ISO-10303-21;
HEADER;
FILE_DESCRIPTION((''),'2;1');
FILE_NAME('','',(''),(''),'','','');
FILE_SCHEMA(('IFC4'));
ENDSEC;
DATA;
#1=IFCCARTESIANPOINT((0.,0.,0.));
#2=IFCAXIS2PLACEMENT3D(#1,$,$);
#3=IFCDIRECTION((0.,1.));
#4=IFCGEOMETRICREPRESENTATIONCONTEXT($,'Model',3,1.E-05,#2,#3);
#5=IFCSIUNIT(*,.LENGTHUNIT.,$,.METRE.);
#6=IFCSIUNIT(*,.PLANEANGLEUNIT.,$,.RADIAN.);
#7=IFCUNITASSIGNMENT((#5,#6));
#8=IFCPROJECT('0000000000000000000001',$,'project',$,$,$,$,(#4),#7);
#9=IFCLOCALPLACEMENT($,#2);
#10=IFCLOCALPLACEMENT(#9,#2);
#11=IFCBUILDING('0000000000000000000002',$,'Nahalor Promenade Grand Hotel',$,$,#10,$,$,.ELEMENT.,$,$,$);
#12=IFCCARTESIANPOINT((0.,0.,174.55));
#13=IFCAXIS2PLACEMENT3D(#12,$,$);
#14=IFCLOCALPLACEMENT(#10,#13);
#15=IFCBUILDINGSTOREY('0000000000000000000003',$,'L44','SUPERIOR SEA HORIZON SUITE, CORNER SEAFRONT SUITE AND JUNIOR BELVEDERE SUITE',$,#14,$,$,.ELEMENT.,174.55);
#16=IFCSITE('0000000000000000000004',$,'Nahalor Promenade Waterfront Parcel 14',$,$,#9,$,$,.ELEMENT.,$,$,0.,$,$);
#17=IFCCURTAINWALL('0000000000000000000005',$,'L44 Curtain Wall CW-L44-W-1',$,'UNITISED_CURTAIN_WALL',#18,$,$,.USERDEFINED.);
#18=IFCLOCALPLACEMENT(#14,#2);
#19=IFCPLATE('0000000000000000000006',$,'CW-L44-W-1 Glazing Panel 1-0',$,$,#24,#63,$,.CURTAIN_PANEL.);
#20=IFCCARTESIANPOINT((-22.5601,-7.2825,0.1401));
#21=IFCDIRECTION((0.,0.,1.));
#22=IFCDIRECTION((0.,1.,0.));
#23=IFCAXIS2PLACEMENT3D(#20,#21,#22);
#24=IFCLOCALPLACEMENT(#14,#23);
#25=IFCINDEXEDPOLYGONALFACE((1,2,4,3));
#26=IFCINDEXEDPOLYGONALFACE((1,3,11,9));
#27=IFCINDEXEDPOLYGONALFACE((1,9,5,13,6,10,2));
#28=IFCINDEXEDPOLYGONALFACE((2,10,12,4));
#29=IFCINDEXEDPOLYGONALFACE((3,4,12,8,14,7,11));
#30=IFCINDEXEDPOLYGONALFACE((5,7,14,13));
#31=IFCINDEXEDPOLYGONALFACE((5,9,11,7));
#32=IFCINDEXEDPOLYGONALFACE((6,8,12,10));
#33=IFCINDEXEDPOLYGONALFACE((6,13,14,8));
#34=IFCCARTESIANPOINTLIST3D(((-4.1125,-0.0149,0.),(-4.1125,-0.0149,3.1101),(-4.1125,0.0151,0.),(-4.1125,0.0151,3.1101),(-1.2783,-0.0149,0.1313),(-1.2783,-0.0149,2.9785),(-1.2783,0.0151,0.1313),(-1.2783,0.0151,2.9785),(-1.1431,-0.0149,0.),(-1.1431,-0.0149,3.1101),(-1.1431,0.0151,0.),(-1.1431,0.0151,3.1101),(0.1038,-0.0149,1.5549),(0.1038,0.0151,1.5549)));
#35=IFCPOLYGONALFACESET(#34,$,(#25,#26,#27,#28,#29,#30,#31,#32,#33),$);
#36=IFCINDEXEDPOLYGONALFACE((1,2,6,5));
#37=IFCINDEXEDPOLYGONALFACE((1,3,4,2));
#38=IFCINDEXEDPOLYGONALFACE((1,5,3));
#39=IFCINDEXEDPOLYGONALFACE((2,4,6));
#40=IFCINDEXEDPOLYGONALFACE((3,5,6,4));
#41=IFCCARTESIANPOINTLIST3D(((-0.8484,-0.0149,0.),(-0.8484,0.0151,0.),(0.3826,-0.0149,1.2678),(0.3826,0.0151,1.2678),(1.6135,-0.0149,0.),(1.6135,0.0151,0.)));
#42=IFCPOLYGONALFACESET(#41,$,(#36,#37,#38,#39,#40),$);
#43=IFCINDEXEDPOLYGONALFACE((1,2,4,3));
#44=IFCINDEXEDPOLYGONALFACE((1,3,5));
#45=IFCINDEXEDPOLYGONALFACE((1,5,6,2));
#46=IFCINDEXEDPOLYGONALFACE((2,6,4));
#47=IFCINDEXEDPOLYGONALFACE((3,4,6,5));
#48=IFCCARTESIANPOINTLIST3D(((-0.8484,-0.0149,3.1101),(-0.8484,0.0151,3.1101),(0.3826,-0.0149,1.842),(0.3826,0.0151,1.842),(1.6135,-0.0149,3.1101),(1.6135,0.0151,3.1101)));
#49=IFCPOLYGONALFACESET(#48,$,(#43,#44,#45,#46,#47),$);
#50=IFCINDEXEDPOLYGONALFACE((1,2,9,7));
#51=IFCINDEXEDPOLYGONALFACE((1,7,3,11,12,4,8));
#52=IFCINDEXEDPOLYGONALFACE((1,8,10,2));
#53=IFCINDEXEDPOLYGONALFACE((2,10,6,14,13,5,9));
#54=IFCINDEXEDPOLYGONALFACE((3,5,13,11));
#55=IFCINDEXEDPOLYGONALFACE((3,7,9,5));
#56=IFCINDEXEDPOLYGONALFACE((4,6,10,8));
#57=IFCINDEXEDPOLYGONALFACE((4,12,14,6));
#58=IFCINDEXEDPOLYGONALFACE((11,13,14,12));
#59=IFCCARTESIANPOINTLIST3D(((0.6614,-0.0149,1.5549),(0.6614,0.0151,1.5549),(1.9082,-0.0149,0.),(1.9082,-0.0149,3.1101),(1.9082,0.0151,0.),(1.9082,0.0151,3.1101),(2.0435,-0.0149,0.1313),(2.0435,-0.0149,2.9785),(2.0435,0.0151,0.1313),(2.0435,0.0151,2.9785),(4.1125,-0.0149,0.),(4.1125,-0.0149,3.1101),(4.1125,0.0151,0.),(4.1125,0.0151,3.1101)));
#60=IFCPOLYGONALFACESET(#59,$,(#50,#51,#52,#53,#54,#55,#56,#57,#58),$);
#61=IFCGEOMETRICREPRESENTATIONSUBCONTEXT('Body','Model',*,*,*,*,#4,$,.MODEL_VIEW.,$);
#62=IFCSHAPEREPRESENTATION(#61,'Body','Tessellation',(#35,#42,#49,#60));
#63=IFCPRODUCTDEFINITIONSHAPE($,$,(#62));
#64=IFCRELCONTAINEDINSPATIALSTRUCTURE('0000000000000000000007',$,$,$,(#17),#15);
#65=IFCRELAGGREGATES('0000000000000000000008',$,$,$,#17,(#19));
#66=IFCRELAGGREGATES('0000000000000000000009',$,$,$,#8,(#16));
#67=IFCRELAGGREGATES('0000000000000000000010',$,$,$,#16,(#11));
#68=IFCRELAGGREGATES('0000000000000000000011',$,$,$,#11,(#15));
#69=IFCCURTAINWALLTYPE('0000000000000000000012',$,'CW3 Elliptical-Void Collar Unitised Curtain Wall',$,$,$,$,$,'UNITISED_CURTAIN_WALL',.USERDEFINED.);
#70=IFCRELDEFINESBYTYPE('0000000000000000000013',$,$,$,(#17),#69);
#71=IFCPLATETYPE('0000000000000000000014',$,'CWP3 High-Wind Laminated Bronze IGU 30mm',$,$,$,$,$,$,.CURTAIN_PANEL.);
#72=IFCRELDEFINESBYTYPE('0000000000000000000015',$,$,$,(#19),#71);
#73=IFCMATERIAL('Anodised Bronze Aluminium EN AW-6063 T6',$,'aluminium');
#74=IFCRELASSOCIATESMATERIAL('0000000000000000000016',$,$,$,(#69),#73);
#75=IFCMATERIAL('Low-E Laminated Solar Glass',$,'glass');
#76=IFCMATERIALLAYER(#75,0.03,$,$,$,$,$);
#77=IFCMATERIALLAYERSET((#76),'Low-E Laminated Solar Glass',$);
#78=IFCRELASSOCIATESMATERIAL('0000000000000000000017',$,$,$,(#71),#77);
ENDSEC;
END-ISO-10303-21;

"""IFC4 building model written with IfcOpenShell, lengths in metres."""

from ifc_helpers import new_model, si_unit, direction, frame, origin, place, context, subcontext, project, spatial, polyline, outline, extrude, material, layer, layer_set, type_object, element, aggregate, save


model = new_model("IFC4")

# Units and contexts
model_context = context("Model", 3, precision=1e-05, world=origin(), true_north=direction((0.0, 1.0)))
body_context = subcontext(model_context, "Body", "Model", "MODEL_VIEW")
ifc_project = project(units=[si_unit("LENGTHUNIT", "METRE"), si_unit("PLANEANGLEUNIT", "RADIAN")], contexts=[model_context])

# Site, building, storey
site_placement = place(None, origin())
site = spatial("IfcSite", under=ifc_project, at=site_placement, Name="Nahalor Promenade Waterfront Parcel 14", CompositionType="ELEMENT", RefElevation=0.0)
building_placement = place(site_placement, origin())
building = spatial("IfcBuilding", under=site, at=building_placement, Name="Nahalor Promenade Grand Hotel", CompositionType="ELEMENT")
storey_placement = place(building_placement, frame((0.0, 0.0, 174.55)))
storey = spatial("IfcBuildingStorey", under=building, at=storey_placement, Name="L44", Description="SUPERIOR SEA HORIZON SUITE, CORNER SEAFRONT SUITE AND JUNIOR BELVEDERE SUITE", CompositionType="ELEMENT", Elevation=174.55)

# Shared definitions
ifc_material_1 = material(Name="Anodised Bronze Aluminium EN AW-6063 T6", Category="aluminium")
curtain_wall_type = type_object("IfcCurtainWallType", Name="CW3 Elliptical-Void Collar Unitised Curtain Wall", ElementType="UNITISED_CURTAIN_WALL", PredefinedType="USERDEFINED", material=ifc_material_1)

# Curtain wall
curtain_wall_1_placement = place(storey_placement, origin())
curtain_wall_1 = element("IfcCurtainWall", 1, at=curtain_wall_1_placement, inside=storey, type_object=curtain_wall_type, Name="L44 Curtain Wall CW-L44-W-1", ObjectType="UNITISED_CURTAIN_WALL", PredefinedType="USERDEFINED")

# Plate
ifc_material_2 = material(Name="Low-E Laminated Solar Glass", Category="glass")
ifc_layer_1 = layer(ifc_material_2, 0.03)
ifc_layer_set_1 = layer_set([ifc_layer_1], Name="Low-E Laminated Solar Glass")
plate_type_1 = type_object("IfcPlateType", Name="CWP3 High-Wind Laminated Bronze IGU 30mm", PredefinedType="CURTAIN_PANEL", material=ifc_layer_set_1)
plate_1_placement = place(storey_placement, frame((-22.5601, -7.2825, 0.1401), z_axis=(0.0, 0.0, 1.0), x_axis=(0.0, 1.0, 0.0)))
plate_1 = element("IfcPlate", 2, at=plate_1_placement, type_object=plate_type_1, Name="CW-L44-W-1 Glazing Panel 1-0", PredefinedType="CURTAIN_PANEL", context=body_context, shape_type="SweptSolid", body=[
    extrude(outline(polyline([(-4.1125, 3.1101), (-4.1125, 0.0), (-1.1431, 0.0), (-1.2783, 0.1313), (0.1038, 1.5549), (-1.2783, 2.9785), (-1.1431, 3.1101), (-4.1125, 3.1101)])), frame((0.0, 0.0151, 0.0), z_axis=(0.0, -1.0, 0.0), x_axis=(1.0, 0.0, 0.0)), (0.0, 0.0, 1.0), 0.03),
    extrude(outline(polyline([(0.3826, 1.2678), (-0.8484, 0.0), (1.6135, 0.0), (0.3826, 1.2678)])), frame((0.0, 0.0151, 0.0), z_axis=(0.0, -1.0, 0.0), x_axis=(1.0, 0.0, 0.0)), (0.0, 0.0, 1.0), 0.03),
    extrude(outline(polyline([(0.3826, 1.842), (1.6135, 3.1101), (-0.8484, 3.1101), (0.3826, 1.842)])), frame((0.0, 0.0151, 0.0), z_axis=(0.0, -1.0, 0.0), x_axis=(1.0, 0.0, 0.0)), (0.0, 0.0, 1.0), 0.03),
    extrude(outline(polyline([(4.1125, 0.0), (4.1125, 3.1101), (1.9082, 3.1101), (2.0435, 2.9785), (0.6614, 1.5549), (2.0435, 0.1313), (1.9082, 0.0), (4.1125, 0.0)])), frame((0.0, 0.0151, 0.0), z_axis=(0.0, -1.0, 0.0), x_axis=(1.0, 0.0, 0.0)), (0.0, 0.0, 1.0), 0.03),
])
aggregate(curtain_wall_1, [plate_1])

save(model, "model.ifc")
